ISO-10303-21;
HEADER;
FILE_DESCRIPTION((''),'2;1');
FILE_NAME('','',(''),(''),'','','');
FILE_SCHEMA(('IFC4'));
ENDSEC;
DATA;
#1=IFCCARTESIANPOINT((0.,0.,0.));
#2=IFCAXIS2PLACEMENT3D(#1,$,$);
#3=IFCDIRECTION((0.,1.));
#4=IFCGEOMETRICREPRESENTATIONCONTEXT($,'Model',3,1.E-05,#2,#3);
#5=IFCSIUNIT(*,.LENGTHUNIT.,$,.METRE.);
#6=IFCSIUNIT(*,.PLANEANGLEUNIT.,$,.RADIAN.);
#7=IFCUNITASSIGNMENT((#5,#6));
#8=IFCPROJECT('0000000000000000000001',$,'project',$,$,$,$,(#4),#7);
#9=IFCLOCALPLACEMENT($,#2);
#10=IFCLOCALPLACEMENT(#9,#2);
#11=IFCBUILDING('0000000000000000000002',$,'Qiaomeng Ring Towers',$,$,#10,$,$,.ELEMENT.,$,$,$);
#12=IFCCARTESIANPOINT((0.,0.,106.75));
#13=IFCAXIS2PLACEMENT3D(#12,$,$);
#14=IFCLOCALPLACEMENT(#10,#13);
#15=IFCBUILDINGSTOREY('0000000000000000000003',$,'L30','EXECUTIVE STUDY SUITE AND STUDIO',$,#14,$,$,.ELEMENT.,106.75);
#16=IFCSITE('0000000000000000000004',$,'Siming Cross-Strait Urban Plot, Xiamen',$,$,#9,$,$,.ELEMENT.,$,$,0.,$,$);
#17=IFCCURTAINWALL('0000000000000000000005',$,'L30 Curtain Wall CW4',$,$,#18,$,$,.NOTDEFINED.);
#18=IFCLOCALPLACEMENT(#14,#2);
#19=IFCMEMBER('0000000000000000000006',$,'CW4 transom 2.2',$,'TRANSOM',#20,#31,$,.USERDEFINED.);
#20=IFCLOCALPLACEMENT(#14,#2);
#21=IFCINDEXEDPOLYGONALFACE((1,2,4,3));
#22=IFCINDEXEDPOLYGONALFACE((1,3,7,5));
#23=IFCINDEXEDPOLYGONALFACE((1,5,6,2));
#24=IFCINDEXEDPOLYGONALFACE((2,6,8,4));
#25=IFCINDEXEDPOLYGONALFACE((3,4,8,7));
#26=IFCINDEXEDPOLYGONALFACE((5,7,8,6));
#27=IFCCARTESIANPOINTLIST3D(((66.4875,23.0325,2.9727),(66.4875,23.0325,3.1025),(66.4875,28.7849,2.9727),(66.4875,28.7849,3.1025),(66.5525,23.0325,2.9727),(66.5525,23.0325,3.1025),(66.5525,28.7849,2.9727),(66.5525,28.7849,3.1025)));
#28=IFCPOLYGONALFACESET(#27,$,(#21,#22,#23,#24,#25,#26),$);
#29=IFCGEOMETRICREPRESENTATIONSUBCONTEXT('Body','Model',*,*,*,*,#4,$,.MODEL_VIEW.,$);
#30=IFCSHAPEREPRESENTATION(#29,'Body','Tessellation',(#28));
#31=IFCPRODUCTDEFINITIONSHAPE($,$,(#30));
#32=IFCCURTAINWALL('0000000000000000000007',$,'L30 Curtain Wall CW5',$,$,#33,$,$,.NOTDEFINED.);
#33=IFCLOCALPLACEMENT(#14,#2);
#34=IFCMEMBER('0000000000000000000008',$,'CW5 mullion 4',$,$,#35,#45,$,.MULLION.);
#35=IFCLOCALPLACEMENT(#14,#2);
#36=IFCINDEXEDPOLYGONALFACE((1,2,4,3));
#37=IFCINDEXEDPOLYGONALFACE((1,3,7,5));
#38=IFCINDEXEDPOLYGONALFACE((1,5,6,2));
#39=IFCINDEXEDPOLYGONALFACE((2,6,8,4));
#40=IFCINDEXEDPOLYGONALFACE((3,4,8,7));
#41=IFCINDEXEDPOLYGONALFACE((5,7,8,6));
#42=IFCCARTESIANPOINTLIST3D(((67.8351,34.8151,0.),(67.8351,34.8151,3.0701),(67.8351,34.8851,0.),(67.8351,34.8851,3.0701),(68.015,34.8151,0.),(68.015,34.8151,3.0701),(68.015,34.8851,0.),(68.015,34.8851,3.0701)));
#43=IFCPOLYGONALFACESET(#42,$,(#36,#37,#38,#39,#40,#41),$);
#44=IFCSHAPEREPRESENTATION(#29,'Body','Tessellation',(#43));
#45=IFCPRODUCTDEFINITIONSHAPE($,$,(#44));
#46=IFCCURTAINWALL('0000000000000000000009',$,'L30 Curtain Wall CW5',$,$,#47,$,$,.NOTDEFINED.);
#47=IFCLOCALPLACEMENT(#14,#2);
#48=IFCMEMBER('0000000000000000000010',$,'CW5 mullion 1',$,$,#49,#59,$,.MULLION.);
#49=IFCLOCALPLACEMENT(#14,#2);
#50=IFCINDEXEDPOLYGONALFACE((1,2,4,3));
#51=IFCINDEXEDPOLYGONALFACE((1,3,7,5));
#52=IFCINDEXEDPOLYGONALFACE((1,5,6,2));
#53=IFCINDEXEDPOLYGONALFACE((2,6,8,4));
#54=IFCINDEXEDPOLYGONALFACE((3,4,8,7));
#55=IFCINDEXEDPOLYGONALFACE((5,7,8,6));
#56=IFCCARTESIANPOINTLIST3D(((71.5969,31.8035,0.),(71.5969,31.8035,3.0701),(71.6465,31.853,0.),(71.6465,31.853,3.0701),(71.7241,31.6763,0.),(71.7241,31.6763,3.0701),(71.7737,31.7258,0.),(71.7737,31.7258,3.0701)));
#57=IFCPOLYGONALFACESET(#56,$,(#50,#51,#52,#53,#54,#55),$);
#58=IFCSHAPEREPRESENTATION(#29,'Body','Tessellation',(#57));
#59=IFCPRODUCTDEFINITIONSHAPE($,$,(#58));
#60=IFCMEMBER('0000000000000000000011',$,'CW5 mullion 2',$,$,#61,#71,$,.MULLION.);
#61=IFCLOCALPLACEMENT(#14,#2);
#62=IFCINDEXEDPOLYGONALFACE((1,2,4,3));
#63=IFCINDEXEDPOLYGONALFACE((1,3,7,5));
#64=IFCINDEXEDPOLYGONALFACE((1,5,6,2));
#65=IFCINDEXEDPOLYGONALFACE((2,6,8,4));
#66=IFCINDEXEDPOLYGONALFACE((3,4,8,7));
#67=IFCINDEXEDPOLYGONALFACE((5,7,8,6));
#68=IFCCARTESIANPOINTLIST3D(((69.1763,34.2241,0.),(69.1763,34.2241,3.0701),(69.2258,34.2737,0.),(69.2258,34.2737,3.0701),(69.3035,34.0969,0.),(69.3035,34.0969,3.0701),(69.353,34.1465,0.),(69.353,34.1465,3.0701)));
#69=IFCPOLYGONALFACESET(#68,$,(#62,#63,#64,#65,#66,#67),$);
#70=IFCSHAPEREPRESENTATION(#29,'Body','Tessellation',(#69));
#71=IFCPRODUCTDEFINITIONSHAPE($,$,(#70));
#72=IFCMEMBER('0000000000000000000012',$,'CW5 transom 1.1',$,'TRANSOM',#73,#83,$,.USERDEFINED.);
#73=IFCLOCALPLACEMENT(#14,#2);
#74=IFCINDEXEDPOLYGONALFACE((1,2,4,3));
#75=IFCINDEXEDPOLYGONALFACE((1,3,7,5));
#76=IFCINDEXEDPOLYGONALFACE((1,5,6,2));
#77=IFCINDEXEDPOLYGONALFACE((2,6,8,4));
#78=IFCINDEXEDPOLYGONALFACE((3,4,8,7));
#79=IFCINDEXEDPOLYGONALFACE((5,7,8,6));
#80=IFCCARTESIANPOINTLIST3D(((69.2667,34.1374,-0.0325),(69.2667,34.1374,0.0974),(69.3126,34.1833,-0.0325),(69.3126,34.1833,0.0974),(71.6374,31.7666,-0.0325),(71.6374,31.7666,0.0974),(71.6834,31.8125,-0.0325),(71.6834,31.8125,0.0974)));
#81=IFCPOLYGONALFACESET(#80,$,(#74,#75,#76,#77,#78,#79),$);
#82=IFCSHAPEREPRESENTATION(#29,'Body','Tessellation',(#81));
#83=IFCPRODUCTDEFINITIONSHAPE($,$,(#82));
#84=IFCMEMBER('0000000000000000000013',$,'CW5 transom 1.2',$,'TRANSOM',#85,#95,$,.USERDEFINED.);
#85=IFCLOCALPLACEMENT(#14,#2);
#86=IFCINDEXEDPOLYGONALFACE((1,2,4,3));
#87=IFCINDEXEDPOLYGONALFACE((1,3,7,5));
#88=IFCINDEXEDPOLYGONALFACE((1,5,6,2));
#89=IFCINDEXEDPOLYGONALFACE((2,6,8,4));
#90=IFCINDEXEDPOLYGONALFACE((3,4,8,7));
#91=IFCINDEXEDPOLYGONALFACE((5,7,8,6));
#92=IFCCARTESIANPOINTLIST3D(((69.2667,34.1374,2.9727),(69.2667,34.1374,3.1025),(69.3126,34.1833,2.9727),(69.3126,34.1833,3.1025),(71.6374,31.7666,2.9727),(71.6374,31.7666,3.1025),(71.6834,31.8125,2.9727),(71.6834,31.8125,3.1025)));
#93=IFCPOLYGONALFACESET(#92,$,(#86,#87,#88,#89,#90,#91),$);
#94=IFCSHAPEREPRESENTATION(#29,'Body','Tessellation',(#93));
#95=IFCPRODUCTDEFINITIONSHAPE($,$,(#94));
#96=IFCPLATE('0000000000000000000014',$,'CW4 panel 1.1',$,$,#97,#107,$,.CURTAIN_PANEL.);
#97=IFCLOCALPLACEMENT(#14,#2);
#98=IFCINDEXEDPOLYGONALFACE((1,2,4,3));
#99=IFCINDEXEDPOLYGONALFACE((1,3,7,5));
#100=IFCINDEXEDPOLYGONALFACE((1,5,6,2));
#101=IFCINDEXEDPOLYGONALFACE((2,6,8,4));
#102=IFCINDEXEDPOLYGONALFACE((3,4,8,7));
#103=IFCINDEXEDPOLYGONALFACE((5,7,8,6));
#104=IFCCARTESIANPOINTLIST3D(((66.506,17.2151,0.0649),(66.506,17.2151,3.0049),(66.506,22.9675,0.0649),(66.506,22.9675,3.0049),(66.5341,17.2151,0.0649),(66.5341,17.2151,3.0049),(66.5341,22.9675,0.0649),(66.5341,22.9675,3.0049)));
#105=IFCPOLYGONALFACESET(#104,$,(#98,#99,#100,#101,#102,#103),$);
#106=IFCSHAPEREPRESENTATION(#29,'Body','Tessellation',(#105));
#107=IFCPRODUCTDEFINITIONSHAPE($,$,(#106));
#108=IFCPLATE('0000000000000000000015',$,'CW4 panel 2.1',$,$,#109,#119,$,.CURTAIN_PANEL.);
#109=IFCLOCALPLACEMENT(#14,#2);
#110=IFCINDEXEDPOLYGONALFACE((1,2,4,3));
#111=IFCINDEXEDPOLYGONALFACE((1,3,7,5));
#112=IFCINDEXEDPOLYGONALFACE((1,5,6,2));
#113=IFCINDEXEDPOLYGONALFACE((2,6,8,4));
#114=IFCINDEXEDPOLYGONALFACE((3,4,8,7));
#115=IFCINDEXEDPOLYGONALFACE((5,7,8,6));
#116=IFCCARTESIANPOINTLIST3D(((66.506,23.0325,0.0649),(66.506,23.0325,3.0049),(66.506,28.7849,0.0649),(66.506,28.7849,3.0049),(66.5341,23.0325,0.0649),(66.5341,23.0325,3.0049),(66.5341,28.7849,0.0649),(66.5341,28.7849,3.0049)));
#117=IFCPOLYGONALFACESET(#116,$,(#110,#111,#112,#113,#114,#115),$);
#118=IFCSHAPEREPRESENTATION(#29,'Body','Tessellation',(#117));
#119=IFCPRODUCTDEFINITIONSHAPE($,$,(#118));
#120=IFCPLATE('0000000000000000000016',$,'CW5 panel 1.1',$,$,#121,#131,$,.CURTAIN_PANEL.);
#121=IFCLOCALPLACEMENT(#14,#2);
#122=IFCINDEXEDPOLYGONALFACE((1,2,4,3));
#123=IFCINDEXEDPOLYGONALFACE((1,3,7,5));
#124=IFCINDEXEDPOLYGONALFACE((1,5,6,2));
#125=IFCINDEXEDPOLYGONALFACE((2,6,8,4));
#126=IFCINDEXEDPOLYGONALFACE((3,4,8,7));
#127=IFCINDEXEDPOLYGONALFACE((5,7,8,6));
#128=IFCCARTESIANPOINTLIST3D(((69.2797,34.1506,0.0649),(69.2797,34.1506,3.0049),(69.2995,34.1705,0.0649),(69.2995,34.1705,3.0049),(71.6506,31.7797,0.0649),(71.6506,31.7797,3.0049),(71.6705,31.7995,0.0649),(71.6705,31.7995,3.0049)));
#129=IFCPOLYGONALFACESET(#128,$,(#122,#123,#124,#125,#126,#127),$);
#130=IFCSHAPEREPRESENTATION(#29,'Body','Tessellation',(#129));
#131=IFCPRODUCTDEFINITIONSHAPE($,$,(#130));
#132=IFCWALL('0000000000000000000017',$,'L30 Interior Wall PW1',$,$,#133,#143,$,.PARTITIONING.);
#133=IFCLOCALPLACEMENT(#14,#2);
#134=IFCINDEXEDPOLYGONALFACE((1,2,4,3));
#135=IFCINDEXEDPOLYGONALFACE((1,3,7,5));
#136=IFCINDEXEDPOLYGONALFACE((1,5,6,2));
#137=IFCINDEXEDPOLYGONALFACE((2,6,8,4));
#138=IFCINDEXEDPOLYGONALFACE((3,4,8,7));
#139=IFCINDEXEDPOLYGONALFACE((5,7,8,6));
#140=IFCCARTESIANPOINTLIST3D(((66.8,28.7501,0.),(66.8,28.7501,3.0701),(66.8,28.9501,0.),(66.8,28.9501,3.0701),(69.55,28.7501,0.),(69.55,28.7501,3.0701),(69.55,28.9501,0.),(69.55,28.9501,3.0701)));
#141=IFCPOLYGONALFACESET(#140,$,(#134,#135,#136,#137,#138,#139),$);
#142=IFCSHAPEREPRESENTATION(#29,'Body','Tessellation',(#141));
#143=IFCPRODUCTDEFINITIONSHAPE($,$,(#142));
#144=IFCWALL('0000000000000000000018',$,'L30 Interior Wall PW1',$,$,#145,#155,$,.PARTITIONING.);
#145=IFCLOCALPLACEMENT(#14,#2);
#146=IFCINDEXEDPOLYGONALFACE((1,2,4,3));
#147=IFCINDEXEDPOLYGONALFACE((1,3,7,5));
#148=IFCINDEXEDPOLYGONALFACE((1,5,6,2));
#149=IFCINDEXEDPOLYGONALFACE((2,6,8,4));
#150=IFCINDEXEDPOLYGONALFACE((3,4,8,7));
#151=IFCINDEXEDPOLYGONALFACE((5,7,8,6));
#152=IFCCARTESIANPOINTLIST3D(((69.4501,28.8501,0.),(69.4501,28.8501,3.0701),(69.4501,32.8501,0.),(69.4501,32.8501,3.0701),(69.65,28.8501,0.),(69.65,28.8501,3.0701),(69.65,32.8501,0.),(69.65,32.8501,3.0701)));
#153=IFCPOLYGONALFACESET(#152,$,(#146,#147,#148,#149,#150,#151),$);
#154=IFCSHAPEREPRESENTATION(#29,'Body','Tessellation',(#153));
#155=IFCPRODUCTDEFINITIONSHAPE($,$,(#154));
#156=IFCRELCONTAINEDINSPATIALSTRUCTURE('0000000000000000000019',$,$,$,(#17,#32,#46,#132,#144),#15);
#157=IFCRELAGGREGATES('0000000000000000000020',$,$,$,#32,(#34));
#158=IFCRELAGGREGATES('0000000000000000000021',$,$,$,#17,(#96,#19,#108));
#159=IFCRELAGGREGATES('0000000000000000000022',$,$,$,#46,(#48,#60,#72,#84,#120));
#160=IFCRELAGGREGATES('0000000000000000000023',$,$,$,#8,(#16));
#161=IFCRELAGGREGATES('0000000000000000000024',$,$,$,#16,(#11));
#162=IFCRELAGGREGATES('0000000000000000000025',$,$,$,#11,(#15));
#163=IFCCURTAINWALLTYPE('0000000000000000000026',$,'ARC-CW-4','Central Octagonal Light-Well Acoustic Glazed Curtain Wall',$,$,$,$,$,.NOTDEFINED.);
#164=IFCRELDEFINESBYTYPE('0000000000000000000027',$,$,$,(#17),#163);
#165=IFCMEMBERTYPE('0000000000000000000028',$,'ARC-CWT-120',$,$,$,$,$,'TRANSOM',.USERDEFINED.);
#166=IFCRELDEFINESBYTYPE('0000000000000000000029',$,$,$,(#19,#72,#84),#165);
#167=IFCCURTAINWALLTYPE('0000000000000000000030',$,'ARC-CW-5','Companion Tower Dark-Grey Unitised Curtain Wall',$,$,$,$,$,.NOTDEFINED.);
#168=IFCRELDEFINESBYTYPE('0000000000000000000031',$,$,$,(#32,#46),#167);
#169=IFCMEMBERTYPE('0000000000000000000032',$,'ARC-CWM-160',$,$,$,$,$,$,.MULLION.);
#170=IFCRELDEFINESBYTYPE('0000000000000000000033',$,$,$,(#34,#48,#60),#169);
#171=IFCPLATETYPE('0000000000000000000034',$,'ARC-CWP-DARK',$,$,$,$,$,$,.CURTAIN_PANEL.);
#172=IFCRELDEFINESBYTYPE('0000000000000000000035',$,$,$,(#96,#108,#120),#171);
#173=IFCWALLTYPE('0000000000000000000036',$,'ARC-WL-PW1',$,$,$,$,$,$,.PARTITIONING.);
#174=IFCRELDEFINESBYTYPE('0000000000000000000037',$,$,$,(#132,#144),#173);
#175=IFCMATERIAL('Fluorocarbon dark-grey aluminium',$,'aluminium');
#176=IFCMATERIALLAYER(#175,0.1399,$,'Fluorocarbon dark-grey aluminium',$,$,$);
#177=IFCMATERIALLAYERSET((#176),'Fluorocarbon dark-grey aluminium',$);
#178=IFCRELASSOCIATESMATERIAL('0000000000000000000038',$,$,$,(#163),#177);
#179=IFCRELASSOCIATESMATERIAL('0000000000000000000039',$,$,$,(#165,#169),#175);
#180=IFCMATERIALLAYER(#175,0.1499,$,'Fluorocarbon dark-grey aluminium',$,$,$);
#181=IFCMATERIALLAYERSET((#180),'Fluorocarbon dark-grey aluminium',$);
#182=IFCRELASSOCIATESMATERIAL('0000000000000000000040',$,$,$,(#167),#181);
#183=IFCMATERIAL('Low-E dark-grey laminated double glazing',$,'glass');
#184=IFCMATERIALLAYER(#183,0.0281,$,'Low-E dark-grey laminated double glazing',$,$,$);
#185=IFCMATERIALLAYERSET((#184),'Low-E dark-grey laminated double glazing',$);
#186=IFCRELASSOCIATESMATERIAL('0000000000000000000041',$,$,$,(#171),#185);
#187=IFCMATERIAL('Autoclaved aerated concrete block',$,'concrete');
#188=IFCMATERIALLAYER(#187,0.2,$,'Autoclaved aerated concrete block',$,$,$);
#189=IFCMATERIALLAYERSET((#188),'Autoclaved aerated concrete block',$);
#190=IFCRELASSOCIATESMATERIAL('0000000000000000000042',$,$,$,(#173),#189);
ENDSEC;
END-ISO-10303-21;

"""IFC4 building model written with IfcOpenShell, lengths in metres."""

from ifc_helpers import new_model, si_unit, direction, frame, frame_2d, origin, origin_2d, place, context, subcontext, project, spatial, rectangle, extrude, source, transform, mapped, material, layer, layer_set, material_profile, profile_set, type_object, element, aggregate, save


model = new_model("IFC4")

# Units and contexts
model_context = context("Model", 3, precision=1e-05, world=origin(), true_north=direction((0.0, 1.0)))
body_context = subcontext(model_context, "Body", "Model", "MODEL_VIEW")
ifc_project = project(units=[si_unit("LENGTHUNIT", "METRE"), si_unit("PLANEANGLEUNIT", "RADIAN")], contexts=[model_context])

# Site, building, storey
site_placement = place(None, origin())
site = spatial("IfcSite", under=ifc_project, at=site_placement, Name="Siming Cross-Strait Urban Plot, Xiamen", CompositionType="ELEMENT", RefElevation=0.0)
building_placement = place(site_placement, origin())
building = spatial("IfcBuilding", under=site, at=building_placement, Name="Qiaomeng Ring Towers", CompositionType="ELEMENT")
storey_placement = place(building_placement, frame((0.0, 0.0, 106.75)))
storey = spatial("IfcBuildingStorey", under=building, at=storey_placement, Name="L30", Description="EXECUTIVE STUDY SUITE AND STUDIO", CompositionType="ELEMENT", Elevation=106.75)

# Curtain wall, member
ifc_material_1 = material(Name="Fluorocarbon dark-grey aluminium", Category="aluminium")
ifc_layer_1 = layer(ifc_material_1, 0.1399, Name="Fluorocarbon dark-grey aluminium")
ifc_layer_set_1 = layer_set([ifc_layer_1], Name="Fluorocarbon dark-grey aluminium")
curtain_wall_type_1 = type_object("IfcCurtainWallType", Name="ARC-CW-4", Description="Central Octagonal Light-Well Acoustic Glazed Curtain Wall", PredefinedType="NOTDEFINED", material=ifc_layer_set_1)
curtain_wall_1_placement = place(storey_placement, origin())
curtain_wall_1 = element("IfcCurtainWall", 1, at=curtain_wall_1_placement, inside=storey, type_object=curtain_wall_type_1, Name="L30 Curtain Wall CW4", PredefinedType="NOTDEFINED")
ifc_material_profile_1 = material_profile(ifc_material_1, rectangle(XDim=0.0649, YDim=0.1299, at=origin_2d()), Name="ALU TRAN 65x130")
ifc_profile_set_1 = profile_set([ifc_material_profile_1], Name="Fluorocarbon dark-grey aluminium")
member_type_1 = type_object("IfcMemberType", Name="ARC-CWT-120", ElementType="TRANSOM", PredefinedType="USERDEFINED", material=ifc_profile_set_1)
shared_shape_1 = source(origin(), body_context, "Body", "SweptSolid", [
    extrude(rectangle(XDim=0.0649, YDim=0.1299, at=origin_2d()), origin(), (0.0, 0.0, 1.0), 5.7524),
])
member_1_placement = place(storey_placement, frame((66.52, 23.0325, 3.0376), z_axis=(0.0, 1.0, 0.0), x_axis=(-1.0, 0.0, 0.0)))
member_1 = element("IfcMember", 2, at=member_1_placement, type_object=member_type_1, Name="CW4 transom 2.2", ObjectType="TRANSOM", PredefinedType="USERDEFINED", context=body_context, shape_type="MappedRepresentation", body=[
    mapped(shared_shape_1, transform((0.0, 0.0, 0.0), x_axis=(1.0, 0.0, 0.0), y_axis=(0.0, 1.0, 0.0), z_axis=(0.0, 0.0, 1.0), scale=1.0)),
])

# Curtain wall, member
ifc_layer_2 = layer(ifc_material_1, 0.1499, Name="Fluorocarbon dark-grey aluminium")
ifc_layer_set_2 = layer_set([ifc_layer_2], Name="Fluorocarbon dark-grey aluminium")
curtain_wall_type_2 = type_object("IfcCurtainWallType", Name="ARC-CW-5", Description="Companion Tower Dark-Grey Unitised Curtain Wall", PredefinedType="NOTDEFINED", material=ifc_layer_set_2)
curtain_wall_2_placement = place(storey_placement, origin())
curtain_wall_2 = element("IfcCurtainWall", 3, at=curtain_wall_2_placement, inside=storey, type_object=curtain_wall_type_2, Name="L30 Curtain Wall CW5", PredefinedType="NOTDEFINED")
ifc_material_profile_2 = material_profile(ifc_material_1, rectangle(XDim=0.0701, YDim=0.1799, at=origin_2d()), Name="ALU MULL 70x180")
ifc_profile_set_2 = profile_set([ifc_material_profile_2], Name="Fluorocarbon dark-grey aluminium")
member_type_2 = type_object("IfcMemberType", Name="ARC-CWM-160", PredefinedType="MULLION", material=ifc_profile_set_2)
shared_shape_2 = source(origin(), body_context, "Body", "SweptSolid", [
    extrude(rectangle(XDim=0.0701, YDim=0.1799, at=origin_2d()), origin(), (0.0, 0.0, 1.0), 3.0701),
])
member_2_placement = place(storey_placement, frame((67.925, 34.8501, 0.0), z_axis=(0.0, 0.0, 1.0), x_axis=(0.0, 1.0, 0.0)))
member_2 = element("IfcMember", 4, at=member_2_placement, type_object=member_type_2, Name="CW5 mullion 4", PredefinedType="MULLION", context=body_context, shape_type="MappedRepresentation", body=[
    mapped(shared_shape_2, transform((0.0, 0.0, 0.0), x_axis=(1.0, 0.0, 0.0), y_axis=(0.0, 1.0, 0.0), z_axis=(0.0, 0.0, 1.0), scale=1.0)),
])
aggregate(curtain_wall_2, [member_2])

# Curtain wall, members
curtain_wall_3_placement = place(storey_placement, origin())
curtain_wall_3 = element("IfcCurtainWall", 5, at=curtain_wall_3_placement, inside=storey, type_object=curtain_wall_type_2, Name="L30 Curtain Wall CW5", PredefinedType="NOTDEFINED")
member_3_placement = place(storey_placement, frame((71.6853, 31.7646, 0.0), z_axis=(0.0, 0.0, 1.0), x_axis=(-0.707107, -0.707107, 0.0)))
member_3 = element("IfcMember", 6, at=member_3_placement, type_object=member_type_2, Name="CW5 mullion 1", PredefinedType="MULLION", context=body_context, shape_type="MappedRepresentation", body=[
    mapped(shared_shape_2, transform((0.0, 0.0, 0.0), x_axis=(1.0, 0.0, 0.0), y_axis=(0.0, 1.0, 0.0), z_axis=(0.0, 0.0, 1.0), scale=1.0)),
])
member_4_placement = place(storey_placement, frame((69.2646, 34.1853, 0.0), z_axis=(0.0, 0.0, 1.0), x_axis=(-0.707107, -0.707107, 0.0)))
member_4 = element("IfcMember", 7, at=member_4_placement, type_object=member_type_2, Name="CW5 mullion 2", PredefinedType="MULLION", context=body_context, shape_type="MappedRepresentation", body=[
    mapped(shared_shape_2, transform((0.0, 0.0, 0.0), x_axis=(1.0, 0.0, 0.0), y_axis=(0.0, 1.0, 0.0), z_axis=(0.0, 0.0, 1.0), scale=1.0)),
])
shared_shape_3 = source(origin(), body_context, "Body", "SweptSolid", [
    extrude(rectangle(XDim=0.0649, YDim=0.1299, at=origin_2d()), origin(), (0.0, 0.0, 1.0), 3.3528),
])
member_5_placement = place(storey_placement, frame((71.6604, 31.7896, 0.0325), z_axis=(-0.707107, 0.707107, 0.0), x_axis=(-0.707107, -0.707107, 0.0)))
member_5 = element("IfcMember", 8, at=member_5_placement, type_object=member_type_1, Name="CW5 transom 1.1", ObjectType="TRANSOM", PredefinedType="USERDEFINED", context=body_context, shape_type="MappedRepresentation", body=[
    mapped(shared_shape_3, transform((0.0, 0.0, 0.0), x_axis=(1.0, 0.0, 0.0), y_axis=(0.0, 1.0, 0.0), z_axis=(0.0, 0.0, 1.0), scale=1.0)),
])
member_6_placement = place(storey_placement, frame((71.6604, 31.7896, 3.0376), z_axis=(-0.707107, 0.707107, 0.0), x_axis=(-0.707107, -0.707107, 0.0)))
member_6 = element("IfcMember", 9, at=member_6_placement, type_object=member_type_1, Name="CW5 transom 1.2", ObjectType="TRANSOM", PredefinedType="USERDEFINED", context=body_context, shape_type="MappedRepresentation", body=[
    mapped(shared_shape_3, transform((0.0, 0.0, 0.0), x_axis=(1.0, 0.0, 0.0), y_axis=(0.0, 1.0, 0.0), z_axis=(0.0, 0.0, 1.0), scale=1.0)),
])

# Plates
ifc_material_2 = material(Name="Low-E dark-grey laminated double glazing", Category="glass")
ifc_layer_3 = layer(ifc_material_2, 0.0281, Name="Low-E dark-grey laminated double glazing")
ifc_layer_set_3 = layer_set([ifc_layer_3], Name="Low-E dark-grey laminated double glazing")
plate_type = type_object("IfcPlateType", Name="ARC-CWP-DARK", PredefinedType="CURTAIN_PANEL", material=ifc_layer_set_3)
shared_shape_4 = source(origin(), body_context, "Body", "SweptSolid", [
    extrude(rectangle(XDim=5.7524, YDim=0.0281, at=origin_2d()), origin(), (0.0, 0.0, 1.0), 2.9399),
])
plate_1_placement = place(storey_placement, frame((66.52, 20.0913, 0.0649), z_axis=(0.0, 0.0, 1.0), x_axis=(0.0, 1.0, 0.0)))
plate_1 = element("IfcPlate", 10, at=plate_1_placement, type_object=plate_type, Name="CW4 panel 1.1", PredefinedType="CURTAIN_PANEL", context=body_context, shape_type="MappedRepresentation", body=[
    mapped(shared_shape_4, transform((0.0, 0.0, 0.0), x_axis=(1.0, 0.0, 0.0), y_axis=(0.0, 1.0, 0.0), z_axis=(0.0, 0.0, 1.0), scale=1.0)),
])
plate_2_placement = place(storey_placement, frame((66.52, 25.9087, 0.0649), z_axis=(0.0, 0.0, 1.0), x_axis=(0.0, 1.0, 0.0)))
plate_2 = element("IfcPlate", 11, at=plate_2_placement, type_object=plate_type, Name="CW4 panel 2.1", PredefinedType="CURTAIN_PANEL", context=body_context, shape_type="MappedRepresentation", body=[
    mapped(shared_shape_4, transform((0.0, 0.0, 0.0), x_axis=(1.0, 0.0, 0.0), y_axis=(0.0, 1.0, 0.0), z_axis=(0.0, 0.0, 1.0), scale=1.0)),
])
aggregate(curtain_wall_1, [plate_1, member_1, plate_2])
shared_shape_5 = source(origin(), body_context, "Body", "SweptSolid", [
    extrude(rectangle(XDim=3.353, YDim=0.0281, at=origin_2d()), origin(), (0.0, 0.0, 1.0), 2.9399),
])
plate_3_placement = place(storey_placement, frame((70.4751, 32.9751, 0.0649), z_axis=(0.0, 0.0, 1.0), x_axis=(-0.707107, 0.707107, 0.0)))
plate_3 = element("IfcPlate", 12, at=plate_3_placement, type_object=plate_type, Name="CW5 panel 1.1", PredefinedType="CURTAIN_PANEL", context=body_context, shape_type="MappedRepresentation", body=[
    mapped(shared_shape_5, transform((0.0, 0.0, 0.0), x_axis=(1.0, 0.0, 0.0), y_axis=(0.0, 1.0, 0.0), z_axis=(0.0, 0.0, 1.0), scale=1.0)),
])
aggregate(curtain_wall_3, [member_3, member_4, member_5, member_6, plate_3])

# Walls
ifc_material_3 = material(Name="Autoclaved aerated concrete block", Category="concrete")
ifc_layer_4 = layer(ifc_material_3, 0.2, Name="Autoclaved aerated concrete block")
ifc_layer_set_4 = layer_set([ifc_layer_4], Name="Autoclaved aerated concrete block")
wall_type_1 = type_object("IfcWallType", Name="ARC-WL-PW1", PredefinedType="PARTITIONING", material=ifc_layer_set_4)
wall_1_placement = place(storey_placement, frame((66.8, 28.8501, 0.0), z_axis=(0.0, 0.0, 1.0), x_axis=(1.0, 0.0, 0.0)))
element("IfcWall", 13, at=wall_1_placement, inside=storey, type_object=wall_type_1, Name="L30 Interior Wall PW1", PredefinedType="PARTITIONING", context=body_context, shape_type="SweptSolid", body=[
    extrude(rectangle(XDim=2.75, YDim=0.2, at=frame_2d((1.375, 0.0))), origin(), (0.0, 0.0, 1.0), 3.0701),
])
wall_2_placement = place(storey_placement, frame((69.55, 28.8501, 0.0), z_axis=(0.0, 0.0, 1.0), x_axis=(0.0, 1.0, 0.0)))
element("IfcWall", 14, at=wall_2_placement, inside=storey, type_object=wall_type_1, Name="L30 Interior Wall PW1", PredefinedType="PARTITIONING", context=body_context, shape_type="SweptSolid", body=[
    extrude(rectangle(XDim=4.0, YDim=0.2, at=frame_2d((2.0, 0.0))), origin(), (0.0, 0.0, 1.0), 3.0701),
])

save(model, "model.ifc")
